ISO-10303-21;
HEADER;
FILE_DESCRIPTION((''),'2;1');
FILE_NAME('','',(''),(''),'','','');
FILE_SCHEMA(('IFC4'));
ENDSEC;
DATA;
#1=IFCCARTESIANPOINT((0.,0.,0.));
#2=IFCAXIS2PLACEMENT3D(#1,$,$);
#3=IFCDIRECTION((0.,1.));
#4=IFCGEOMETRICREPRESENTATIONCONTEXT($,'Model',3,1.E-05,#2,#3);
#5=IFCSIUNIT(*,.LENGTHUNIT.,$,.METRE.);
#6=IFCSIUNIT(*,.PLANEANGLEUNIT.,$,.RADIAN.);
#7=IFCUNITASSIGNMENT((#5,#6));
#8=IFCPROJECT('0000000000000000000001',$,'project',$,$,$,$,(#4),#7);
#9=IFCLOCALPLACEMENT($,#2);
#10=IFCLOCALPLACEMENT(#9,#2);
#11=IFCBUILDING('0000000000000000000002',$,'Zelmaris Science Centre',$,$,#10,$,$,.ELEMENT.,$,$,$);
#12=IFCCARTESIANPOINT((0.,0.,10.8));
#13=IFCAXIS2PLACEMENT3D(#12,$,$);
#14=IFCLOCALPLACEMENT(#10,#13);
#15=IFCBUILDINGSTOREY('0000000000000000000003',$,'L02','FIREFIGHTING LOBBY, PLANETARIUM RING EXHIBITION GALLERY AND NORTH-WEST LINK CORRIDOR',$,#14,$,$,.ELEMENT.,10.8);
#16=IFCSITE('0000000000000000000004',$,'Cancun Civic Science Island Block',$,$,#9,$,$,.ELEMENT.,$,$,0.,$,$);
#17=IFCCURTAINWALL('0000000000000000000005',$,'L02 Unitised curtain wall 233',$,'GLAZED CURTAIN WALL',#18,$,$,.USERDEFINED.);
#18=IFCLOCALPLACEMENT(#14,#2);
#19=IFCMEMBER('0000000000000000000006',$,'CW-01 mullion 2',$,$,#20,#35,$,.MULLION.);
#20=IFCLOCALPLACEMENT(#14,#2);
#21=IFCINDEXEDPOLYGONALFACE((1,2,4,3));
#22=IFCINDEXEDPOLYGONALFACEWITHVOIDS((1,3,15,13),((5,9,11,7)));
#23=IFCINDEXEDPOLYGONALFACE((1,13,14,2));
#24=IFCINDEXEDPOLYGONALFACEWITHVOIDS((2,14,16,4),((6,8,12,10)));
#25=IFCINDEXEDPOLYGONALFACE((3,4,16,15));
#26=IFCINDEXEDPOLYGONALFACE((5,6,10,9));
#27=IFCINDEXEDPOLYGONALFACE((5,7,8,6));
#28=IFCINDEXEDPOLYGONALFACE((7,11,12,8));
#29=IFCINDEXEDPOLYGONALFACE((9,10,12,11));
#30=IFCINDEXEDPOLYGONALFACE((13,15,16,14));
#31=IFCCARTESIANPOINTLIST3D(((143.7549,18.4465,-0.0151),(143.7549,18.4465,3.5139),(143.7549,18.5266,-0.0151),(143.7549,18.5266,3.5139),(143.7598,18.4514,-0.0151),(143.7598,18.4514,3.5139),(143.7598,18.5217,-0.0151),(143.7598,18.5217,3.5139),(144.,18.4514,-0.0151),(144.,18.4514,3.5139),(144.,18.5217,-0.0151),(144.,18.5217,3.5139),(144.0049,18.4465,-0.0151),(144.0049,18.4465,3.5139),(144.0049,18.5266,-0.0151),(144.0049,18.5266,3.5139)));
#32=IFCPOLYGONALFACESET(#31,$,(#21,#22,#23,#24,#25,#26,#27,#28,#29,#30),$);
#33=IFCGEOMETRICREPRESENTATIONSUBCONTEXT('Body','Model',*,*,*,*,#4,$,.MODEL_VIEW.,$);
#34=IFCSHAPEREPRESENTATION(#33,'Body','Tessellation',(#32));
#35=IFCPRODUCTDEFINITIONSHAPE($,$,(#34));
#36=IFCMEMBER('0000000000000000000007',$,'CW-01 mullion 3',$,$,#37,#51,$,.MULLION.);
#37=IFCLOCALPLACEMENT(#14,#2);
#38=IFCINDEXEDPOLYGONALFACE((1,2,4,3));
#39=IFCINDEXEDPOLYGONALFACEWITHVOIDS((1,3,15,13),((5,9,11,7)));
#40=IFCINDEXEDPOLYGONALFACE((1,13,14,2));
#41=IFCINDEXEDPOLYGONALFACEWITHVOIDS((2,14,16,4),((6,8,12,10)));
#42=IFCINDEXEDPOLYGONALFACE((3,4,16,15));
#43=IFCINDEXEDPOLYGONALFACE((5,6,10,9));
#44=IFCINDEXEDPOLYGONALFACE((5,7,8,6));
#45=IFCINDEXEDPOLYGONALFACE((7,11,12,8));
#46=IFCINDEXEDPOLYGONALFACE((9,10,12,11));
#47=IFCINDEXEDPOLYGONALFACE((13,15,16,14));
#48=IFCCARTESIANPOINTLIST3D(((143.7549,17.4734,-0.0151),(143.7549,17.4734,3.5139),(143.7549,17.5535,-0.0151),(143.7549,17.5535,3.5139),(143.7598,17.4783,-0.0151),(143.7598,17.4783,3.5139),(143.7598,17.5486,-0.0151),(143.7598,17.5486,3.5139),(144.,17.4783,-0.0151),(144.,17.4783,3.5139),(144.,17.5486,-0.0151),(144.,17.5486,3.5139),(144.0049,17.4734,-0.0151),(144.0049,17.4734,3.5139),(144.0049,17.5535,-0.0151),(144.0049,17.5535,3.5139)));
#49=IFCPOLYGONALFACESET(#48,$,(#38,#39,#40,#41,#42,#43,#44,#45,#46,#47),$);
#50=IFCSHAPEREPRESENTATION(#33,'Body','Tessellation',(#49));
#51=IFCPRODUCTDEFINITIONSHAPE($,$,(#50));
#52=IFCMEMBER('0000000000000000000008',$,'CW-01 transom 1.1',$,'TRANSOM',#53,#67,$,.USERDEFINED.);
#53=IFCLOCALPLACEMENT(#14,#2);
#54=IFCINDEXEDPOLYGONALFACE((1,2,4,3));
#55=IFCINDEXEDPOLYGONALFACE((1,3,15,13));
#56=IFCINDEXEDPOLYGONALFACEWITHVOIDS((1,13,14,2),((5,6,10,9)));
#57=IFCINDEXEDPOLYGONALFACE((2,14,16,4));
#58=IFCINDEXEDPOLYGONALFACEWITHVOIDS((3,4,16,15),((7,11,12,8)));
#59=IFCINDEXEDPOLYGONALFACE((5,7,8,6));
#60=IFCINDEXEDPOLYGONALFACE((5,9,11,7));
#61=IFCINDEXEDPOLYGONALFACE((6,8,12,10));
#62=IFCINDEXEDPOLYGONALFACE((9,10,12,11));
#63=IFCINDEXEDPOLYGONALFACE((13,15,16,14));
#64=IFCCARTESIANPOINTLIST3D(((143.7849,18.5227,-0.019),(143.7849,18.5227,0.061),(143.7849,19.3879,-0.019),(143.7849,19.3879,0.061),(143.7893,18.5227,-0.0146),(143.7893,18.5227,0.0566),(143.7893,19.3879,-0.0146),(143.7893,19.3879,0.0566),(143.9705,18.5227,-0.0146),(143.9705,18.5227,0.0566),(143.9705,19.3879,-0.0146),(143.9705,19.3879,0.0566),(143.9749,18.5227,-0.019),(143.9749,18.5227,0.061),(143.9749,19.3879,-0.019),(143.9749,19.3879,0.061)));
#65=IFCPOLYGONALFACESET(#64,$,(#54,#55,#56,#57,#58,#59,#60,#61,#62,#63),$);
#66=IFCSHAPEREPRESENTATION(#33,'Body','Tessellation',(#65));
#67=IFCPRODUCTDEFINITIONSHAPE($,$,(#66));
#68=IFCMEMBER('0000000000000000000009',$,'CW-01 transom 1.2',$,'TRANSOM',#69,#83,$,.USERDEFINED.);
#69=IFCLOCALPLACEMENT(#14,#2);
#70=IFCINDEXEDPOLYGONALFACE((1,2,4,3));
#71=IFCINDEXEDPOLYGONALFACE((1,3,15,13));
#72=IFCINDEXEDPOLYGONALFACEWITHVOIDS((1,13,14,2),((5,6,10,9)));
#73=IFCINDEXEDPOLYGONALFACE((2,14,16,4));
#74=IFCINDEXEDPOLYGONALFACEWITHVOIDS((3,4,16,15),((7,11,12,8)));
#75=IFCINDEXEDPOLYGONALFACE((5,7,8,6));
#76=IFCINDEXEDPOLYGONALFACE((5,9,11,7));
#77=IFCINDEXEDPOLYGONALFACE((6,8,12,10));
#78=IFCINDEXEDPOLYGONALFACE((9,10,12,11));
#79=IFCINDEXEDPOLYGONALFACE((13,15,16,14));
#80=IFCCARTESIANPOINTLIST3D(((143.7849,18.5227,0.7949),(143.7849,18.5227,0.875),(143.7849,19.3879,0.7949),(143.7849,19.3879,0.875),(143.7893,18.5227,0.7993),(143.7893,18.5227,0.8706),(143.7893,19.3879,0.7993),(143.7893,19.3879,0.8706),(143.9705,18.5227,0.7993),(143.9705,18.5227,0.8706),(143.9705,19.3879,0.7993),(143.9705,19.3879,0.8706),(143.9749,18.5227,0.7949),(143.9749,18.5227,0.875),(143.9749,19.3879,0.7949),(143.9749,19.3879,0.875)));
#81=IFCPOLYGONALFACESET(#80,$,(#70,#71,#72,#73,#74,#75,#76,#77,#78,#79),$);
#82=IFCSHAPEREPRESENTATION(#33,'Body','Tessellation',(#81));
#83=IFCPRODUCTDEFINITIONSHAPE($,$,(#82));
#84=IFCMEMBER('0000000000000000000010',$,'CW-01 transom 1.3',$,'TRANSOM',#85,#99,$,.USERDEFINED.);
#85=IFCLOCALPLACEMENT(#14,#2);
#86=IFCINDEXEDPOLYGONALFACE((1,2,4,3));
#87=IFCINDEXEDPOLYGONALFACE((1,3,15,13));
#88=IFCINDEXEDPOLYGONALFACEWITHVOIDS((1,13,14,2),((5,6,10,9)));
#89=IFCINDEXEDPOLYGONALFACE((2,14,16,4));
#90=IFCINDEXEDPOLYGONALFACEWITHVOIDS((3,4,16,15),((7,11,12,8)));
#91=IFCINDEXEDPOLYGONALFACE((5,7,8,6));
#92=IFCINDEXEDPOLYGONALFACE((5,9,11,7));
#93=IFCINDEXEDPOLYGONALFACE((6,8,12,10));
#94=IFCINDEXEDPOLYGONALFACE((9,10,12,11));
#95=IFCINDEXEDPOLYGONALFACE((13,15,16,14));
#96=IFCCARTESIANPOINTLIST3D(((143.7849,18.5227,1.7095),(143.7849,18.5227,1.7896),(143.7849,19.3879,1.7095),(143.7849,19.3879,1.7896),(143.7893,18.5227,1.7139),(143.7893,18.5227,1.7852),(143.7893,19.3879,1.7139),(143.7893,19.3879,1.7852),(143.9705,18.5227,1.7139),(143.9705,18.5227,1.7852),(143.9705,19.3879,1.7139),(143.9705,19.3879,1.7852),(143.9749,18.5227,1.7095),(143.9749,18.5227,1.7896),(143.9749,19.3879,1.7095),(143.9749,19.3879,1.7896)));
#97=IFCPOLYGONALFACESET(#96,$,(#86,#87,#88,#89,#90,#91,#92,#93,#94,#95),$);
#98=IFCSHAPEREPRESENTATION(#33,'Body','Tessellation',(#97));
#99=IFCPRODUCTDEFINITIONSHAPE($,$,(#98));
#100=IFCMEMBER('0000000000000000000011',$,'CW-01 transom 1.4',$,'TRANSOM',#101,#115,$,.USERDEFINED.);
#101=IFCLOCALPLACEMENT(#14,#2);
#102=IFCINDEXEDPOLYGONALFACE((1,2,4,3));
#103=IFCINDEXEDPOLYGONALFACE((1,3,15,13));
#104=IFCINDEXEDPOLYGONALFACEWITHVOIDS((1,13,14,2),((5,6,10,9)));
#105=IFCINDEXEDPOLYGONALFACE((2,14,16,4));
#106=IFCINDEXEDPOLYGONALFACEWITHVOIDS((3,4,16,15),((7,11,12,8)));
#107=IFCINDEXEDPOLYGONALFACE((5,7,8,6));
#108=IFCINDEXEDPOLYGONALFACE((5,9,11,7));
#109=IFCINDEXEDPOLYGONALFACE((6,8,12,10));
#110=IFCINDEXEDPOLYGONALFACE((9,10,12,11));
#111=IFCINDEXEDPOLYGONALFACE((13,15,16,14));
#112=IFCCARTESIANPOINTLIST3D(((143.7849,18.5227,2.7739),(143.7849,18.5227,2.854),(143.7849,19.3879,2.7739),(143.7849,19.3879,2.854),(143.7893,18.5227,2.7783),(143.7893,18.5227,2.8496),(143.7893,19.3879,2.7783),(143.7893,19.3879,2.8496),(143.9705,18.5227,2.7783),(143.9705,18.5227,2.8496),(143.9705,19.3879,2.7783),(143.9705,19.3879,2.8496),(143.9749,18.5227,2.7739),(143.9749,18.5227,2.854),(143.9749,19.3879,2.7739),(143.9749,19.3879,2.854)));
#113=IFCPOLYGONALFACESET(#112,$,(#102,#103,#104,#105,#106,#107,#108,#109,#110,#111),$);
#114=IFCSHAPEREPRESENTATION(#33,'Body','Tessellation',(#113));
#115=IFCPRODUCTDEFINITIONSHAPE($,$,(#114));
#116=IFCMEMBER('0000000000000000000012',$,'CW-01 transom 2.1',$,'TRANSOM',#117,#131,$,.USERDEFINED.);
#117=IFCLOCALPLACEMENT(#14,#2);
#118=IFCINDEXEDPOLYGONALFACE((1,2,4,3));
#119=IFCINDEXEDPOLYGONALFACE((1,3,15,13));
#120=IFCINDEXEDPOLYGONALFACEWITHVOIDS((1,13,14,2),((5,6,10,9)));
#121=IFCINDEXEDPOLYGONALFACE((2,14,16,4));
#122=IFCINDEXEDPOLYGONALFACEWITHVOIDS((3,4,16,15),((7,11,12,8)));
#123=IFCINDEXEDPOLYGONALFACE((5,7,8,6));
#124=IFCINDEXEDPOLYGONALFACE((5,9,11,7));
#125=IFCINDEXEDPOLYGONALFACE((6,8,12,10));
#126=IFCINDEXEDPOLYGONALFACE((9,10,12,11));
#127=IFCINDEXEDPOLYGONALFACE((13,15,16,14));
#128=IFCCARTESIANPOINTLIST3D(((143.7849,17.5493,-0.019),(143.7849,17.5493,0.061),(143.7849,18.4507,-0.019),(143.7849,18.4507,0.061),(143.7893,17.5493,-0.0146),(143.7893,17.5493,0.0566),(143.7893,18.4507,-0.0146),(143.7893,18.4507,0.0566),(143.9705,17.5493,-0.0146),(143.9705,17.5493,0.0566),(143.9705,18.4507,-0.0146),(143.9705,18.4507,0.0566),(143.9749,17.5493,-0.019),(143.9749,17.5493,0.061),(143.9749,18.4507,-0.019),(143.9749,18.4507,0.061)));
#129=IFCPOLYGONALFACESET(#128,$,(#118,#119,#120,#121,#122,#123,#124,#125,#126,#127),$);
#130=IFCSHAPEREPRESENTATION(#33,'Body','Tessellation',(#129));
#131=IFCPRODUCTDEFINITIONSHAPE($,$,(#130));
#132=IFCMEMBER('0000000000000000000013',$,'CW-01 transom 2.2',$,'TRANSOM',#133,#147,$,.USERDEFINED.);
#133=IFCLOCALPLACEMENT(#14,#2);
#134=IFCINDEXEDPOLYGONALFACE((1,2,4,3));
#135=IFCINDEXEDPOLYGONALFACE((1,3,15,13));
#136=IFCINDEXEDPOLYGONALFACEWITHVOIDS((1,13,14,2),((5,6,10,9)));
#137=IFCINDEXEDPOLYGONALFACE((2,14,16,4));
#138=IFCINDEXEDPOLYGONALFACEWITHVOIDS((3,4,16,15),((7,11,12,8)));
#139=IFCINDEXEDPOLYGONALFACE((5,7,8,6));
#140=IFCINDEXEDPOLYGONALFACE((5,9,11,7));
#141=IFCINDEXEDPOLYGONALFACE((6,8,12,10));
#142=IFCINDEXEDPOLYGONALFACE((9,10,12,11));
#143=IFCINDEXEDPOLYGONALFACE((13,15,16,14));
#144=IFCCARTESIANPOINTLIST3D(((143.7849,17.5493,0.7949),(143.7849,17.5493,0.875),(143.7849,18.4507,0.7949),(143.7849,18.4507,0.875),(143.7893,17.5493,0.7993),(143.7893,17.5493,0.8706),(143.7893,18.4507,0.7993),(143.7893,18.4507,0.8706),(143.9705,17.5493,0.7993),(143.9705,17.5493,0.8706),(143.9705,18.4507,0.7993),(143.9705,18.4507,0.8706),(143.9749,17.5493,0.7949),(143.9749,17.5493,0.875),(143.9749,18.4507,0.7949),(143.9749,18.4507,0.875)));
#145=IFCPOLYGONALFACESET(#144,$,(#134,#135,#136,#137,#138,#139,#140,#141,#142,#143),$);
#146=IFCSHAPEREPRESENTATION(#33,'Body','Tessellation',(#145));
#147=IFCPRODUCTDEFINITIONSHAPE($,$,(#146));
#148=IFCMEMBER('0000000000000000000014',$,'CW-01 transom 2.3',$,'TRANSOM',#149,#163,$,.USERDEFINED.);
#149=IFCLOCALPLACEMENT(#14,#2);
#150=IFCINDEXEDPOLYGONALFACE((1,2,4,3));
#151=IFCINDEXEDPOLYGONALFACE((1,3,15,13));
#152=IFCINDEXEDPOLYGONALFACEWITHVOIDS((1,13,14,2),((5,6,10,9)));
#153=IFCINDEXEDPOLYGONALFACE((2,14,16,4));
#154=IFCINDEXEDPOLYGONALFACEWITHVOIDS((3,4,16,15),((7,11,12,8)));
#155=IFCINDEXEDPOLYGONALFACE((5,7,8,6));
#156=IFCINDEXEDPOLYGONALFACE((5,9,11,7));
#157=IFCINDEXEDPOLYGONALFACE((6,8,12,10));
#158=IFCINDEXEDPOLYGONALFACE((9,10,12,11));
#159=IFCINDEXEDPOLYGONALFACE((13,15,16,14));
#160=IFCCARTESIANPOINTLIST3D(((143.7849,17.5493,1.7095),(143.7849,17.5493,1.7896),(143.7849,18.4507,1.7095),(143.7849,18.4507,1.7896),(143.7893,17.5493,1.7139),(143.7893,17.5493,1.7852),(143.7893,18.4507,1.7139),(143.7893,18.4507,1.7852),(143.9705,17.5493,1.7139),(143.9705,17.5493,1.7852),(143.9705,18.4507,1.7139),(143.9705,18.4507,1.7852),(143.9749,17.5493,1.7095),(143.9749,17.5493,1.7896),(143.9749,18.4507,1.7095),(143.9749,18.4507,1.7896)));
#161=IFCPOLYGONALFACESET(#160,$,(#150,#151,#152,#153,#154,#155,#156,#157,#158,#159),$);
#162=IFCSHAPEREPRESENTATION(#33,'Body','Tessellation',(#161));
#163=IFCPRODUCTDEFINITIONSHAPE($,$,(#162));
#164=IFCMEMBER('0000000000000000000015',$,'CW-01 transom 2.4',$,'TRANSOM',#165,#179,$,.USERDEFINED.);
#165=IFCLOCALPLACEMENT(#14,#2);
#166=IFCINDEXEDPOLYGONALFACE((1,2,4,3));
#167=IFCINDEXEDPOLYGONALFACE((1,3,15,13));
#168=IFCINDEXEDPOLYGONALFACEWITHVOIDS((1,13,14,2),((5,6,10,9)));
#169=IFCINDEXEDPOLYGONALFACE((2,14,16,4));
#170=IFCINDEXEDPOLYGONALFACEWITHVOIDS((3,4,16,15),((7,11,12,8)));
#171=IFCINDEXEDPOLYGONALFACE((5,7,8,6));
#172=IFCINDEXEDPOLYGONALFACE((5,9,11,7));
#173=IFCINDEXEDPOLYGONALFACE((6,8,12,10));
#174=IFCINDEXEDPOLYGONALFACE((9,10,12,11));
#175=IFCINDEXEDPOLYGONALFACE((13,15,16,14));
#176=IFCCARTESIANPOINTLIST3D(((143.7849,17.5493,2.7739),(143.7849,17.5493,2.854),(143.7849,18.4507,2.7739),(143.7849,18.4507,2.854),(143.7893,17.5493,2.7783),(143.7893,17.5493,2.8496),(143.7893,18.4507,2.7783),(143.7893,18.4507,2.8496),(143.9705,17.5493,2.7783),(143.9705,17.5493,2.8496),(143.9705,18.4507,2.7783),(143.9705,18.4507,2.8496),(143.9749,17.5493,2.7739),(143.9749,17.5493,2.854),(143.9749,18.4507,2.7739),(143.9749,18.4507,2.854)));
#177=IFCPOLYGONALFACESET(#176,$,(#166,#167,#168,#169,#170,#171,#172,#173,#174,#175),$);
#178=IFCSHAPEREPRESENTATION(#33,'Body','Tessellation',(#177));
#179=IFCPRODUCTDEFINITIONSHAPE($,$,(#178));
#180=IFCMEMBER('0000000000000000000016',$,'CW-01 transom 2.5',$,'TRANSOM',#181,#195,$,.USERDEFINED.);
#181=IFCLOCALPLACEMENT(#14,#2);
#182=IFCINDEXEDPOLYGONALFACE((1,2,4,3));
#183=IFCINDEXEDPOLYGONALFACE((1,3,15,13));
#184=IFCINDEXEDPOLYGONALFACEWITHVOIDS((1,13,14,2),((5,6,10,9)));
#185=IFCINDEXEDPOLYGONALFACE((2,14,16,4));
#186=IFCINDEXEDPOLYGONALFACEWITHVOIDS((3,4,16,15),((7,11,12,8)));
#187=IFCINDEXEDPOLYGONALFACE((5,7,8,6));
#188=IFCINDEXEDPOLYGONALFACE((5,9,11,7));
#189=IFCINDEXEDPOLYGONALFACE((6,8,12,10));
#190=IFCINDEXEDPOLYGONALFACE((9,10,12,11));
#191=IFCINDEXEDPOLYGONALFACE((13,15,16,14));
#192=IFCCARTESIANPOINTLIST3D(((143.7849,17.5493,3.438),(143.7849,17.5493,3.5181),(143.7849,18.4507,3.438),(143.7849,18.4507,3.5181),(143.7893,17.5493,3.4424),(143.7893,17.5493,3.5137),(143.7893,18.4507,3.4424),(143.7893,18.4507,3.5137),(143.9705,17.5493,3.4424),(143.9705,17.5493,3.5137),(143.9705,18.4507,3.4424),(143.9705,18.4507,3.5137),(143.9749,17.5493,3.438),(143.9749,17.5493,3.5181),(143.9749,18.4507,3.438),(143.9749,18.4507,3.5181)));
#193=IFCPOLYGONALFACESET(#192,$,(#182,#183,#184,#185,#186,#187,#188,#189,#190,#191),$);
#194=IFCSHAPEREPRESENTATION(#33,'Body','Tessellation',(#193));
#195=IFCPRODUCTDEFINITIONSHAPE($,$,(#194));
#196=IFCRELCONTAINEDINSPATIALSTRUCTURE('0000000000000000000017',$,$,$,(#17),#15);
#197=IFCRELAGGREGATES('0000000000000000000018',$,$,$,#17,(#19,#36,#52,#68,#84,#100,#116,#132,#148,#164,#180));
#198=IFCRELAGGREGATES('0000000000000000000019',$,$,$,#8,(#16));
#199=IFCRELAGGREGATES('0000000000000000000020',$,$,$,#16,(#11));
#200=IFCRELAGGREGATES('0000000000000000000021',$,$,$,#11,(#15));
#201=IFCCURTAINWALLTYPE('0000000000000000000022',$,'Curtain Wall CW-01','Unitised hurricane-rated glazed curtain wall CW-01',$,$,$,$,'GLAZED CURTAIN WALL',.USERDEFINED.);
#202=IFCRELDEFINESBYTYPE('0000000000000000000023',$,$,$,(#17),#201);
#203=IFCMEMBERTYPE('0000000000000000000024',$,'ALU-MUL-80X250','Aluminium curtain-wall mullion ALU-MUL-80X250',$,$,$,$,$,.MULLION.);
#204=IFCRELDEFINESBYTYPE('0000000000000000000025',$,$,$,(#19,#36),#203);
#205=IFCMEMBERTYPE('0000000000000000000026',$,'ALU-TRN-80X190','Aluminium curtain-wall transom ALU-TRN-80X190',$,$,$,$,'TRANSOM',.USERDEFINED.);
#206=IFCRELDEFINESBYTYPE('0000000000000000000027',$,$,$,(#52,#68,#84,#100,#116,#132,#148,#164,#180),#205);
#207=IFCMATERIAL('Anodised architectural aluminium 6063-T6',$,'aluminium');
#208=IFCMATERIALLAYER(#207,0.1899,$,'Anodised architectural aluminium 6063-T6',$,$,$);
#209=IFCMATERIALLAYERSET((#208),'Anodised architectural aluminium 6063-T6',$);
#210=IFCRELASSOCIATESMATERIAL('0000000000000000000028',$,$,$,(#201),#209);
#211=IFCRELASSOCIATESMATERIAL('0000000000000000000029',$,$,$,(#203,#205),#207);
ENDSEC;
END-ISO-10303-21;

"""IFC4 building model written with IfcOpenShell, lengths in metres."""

from ifc_helpers import new_model, si_unit, direction, frame, origin, origin_2d, place, context, subcontext, project, spatial, hollow_rectangle, extrude, material, layer, layer_set, material_profile, profile_set, type_object, element, aggregate, save


model = new_model("IFC4")

# Units and contexts
model_context = context("Model", 3, precision=1e-05, world=origin(), true_north=direction((0.0, 1.0)))
body_context = subcontext(model_context, "Body", "Model", "MODEL_VIEW")
ifc_project = project(units=[si_unit("LENGTHUNIT", "METRE"), si_unit("PLANEANGLEUNIT", "RADIAN")], contexts=[model_context])

# Site, building, storey
site_placement = place(None, origin())
site = spatial("IfcSite", under=ifc_project, at=site_placement, Name="Cancun Civic Science Island Block", CompositionType="ELEMENT", RefElevation=0.0)
building_placement = place(site_placement, origin())
building = spatial("IfcBuilding", under=site, at=building_placement, Name="Zelmaris Science Centre", CompositionType="ELEMENT")
storey_placement = place(building_placement, frame((0.0, 0.0, 10.8)))
storey = spatial("IfcBuildingStorey", under=building, at=storey_placement, Name="L02", Description="FIREFIGHTING LOBBY, PLANETARIUM RING EXHIBITION GALLERY AND NORTH-WEST LINK CORRIDOR", CompositionType="ELEMENT", Elevation=10.8)

# Curtain wall, members
ifc_material_1 = material(Name="Anodised architectural aluminium 6063-T6", Category="aluminium")
ifc_layer_1 = layer(ifc_material_1, 0.1899, Name="Anodised architectural aluminium 6063-T6")
ifc_layer_set_1 = layer_set([ifc_layer_1], Name="Anodised architectural aluminium 6063-T6")
curtain_wall_type = type_object("IfcCurtainWallType", Name="Curtain Wall CW-01", Description="Unitised hurricane-rated glazed curtain wall CW-01", ElementType="GLAZED CURTAIN WALL", PredefinedType="USERDEFINED", material=ifc_layer_set_1)
curtain_wall_placement = place(storey_placement, origin())
curtain_wall = element("IfcCurtainWall", 1, at=curtain_wall_placement, inside=storey, type_object=curtain_wall_type, Name="L02 Unitised curtain wall 233", ObjectType="GLAZED CURTAIN WALL", PredefinedType="USERDEFINED")
ifc_material_profile_1 = material_profile(ifc_material_1, hollow_rectangle(XDim=0.0801, YDim=0.25, WallThickness=0.0049, at=origin_2d()), Name="ALU-MUL-80X250")
ifc_profile_set_1 = profile_set([ifc_material_profile_1], Name="Anodised architectural aluminium 6063-T6")
member_type_1 = type_object("IfcMemberType", Name="ALU-MUL-80X250", Description="Aluminium curtain-wall mullion ALU-MUL-80X250", PredefinedType="MULLION", material=ifc_profile_set_1)
member_1_placement = place(storey_placement, frame((143.8799, 18.4866, -0.0151), z_axis=(0.0, 0.0, 1.0), x_axis=(0.0, -1.0, 0.0)))
member_1 = element("IfcMember", 2, at=member_1_placement, type_object=member_type_1, Name="CW-01 mullion 2", PredefinedType="MULLION", context=body_context, shape_type="SweptSolid", body=[
    extrude(hollow_rectangle(XDim=0.0801, YDim=0.25, WallThickness=0.0049, at=origin_2d()), origin(), (0.0, 0.0, 1.0), 3.5291),
])
member_2_placement = place(storey_placement, frame((143.8799, 17.5134, -0.0151), z_axis=(0.0, 0.0, 1.0), x_axis=(0.0, -1.0, 0.0)))
member_2 = element("IfcMember", 3, at=member_2_placement, type_object=member_type_1, Name="CW-01 mullion 3", PredefinedType="MULLION", context=body_context, shape_type="SweptSolid", body=[
    extrude(hollow_rectangle(XDim=0.0801, YDim=0.25, WallThickness=0.0049, at=origin_2d()), origin(), (0.0, 0.0, 1.0), 3.5291),
])
ifc_material_profile_2 = material_profile(ifc_material_1, hollow_rectangle(XDim=0.0801, YDim=0.1899, WallThickness=0.0044, at=origin_2d()), Name="ALU-TRN-80X190")
ifc_profile_set_2 = profile_set([ifc_material_profile_2], Name="Anodised architectural aluminium 6063-T6")
member_type_2 = type_object("IfcMemberType", Name="ALU-TRN-80X190", Description="Aluminium curtain-wall transom ALU-TRN-80X190", ElementType="TRANSOM", PredefinedType="USERDEFINED", material=ifc_profile_set_2)
member_3_placement = place(storey_placement, frame((143.8799, 19.3879, 0.021), z_axis=(0.0, -1.0, 0.0), x_axis=(0.0, 0.0, 1.0)))
member_3 = element("IfcMember", 4, at=member_3_placement, type_object=member_type_2, Name="CW-01 transom 1.1", ObjectType="TRANSOM", PredefinedType="USERDEFINED", context=body_context, shape_type="SweptSolid", body=[
    extrude(hollow_rectangle(XDim=0.0801, YDim=0.1899, WallThickness=0.0044, at=origin_2d()), origin(), (0.0, 0.0, 1.0), 0.8652),
])
member_4_placement = place(storey_placement, frame((143.8799, 19.3879, 0.835), z_axis=(0.0, -1.0, 0.0), x_axis=(0.0, 0.0, 1.0)))
member_4 = element("IfcMember", 5, at=member_4_placement, type_object=member_type_2, Name="CW-01 transom 1.2", ObjectType="TRANSOM", PredefinedType="USERDEFINED", context=body_context, shape_type="SweptSolid", body=[
    extrude(hollow_rectangle(XDim=0.0801, YDim=0.1899, WallThickness=0.0044, at=origin_2d()), origin(), (0.0, 0.0, 1.0), 0.8652),
])
member_5_placement = place(storey_placement, frame((143.8799, 19.3879, 1.7495), z_axis=(0.0, -1.0, 0.0), x_axis=(0.0, 0.0, 1.0)))
member_5 = element("IfcMember", 6, at=member_5_placement, type_object=member_type_2, Name="CW-01 transom 1.3", ObjectType="TRANSOM", PredefinedType="USERDEFINED", context=body_context, shape_type="SweptSolid", body=[
    extrude(hollow_rectangle(XDim=0.0801, YDim=0.1899, WallThickness=0.0044, at=origin_2d()), origin(), (0.0, 0.0, 1.0), 0.8652),
])
member_6_placement = place(storey_placement, frame((143.8799, 19.3879, 2.814), z_axis=(0.0, -1.0, 0.0), x_axis=(0.0, 0.0, 1.0)))
member_6 = element("IfcMember", 7, at=member_6_placement, type_object=member_type_2, Name="CW-01 transom 1.4", ObjectType="TRANSOM", PredefinedType="USERDEFINED", context=body_context, shape_type="SweptSolid", body=[
    extrude(hollow_rectangle(XDim=0.0801, YDim=0.1899, WallThickness=0.0044, at=origin_2d()), origin(), (0.0, 0.0, 1.0), 0.8652),
])
member_7_placement = place(storey_placement, frame((143.8799, 18.4507, 0.021), z_axis=(0.0, -1.0, 0.0), x_axis=(0.0, 0.0, 1.0)))
member_7 = element("IfcMember", 8, at=member_7_placement, type_object=member_type_2, Name="CW-01 transom 2.1", ObjectType="TRANSOM", PredefinedType="USERDEFINED", context=body_context, shape_type="SweptSolid", body=[
    extrude(hollow_rectangle(XDim=0.0801, YDim=0.1899, WallThickness=0.0044, at=origin_2d()), origin(), (0.0, 0.0, 1.0), 0.9014),
])
member_8_placement = place(storey_placement, frame((143.8799, 18.4507, 0.835), z_axis=(0.0, -1.0, 0.0), x_axis=(0.0, 0.0, 1.0)))
member_8 = element("IfcMember", 9, at=member_8_placement, type_object=member_type_2, Name="CW-01 transom 2.2", ObjectType="TRANSOM", PredefinedType="USERDEFINED", context=body_context, shape_type="SweptSolid", body=[
    extrude(hollow_rectangle(XDim=0.0801, YDim=0.1899, WallThickness=0.0044, at=origin_2d()), origin(), (0.0, 0.0, 1.0), 0.9014),
])
member_9_placement = place(storey_placement, frame((143.8799, 18.4507, 1.7495), z_axis=(0.0, -1.0, 0.0), x_axis=(0.0, 0.0, 1.0)))
member_9 = element("IfcMember", 10, at=member_9_placement, type_object=member_type_2, Name="CW-01 transom 2.3", ObjectType="TRANSOM", PredefinedType="USERDEFINED", context=body_context, shape_type="SweptSolid", body=[
    extrude(hollow_rectangle(XDim=0.0801, YDim=0.1899, WallThickness=0.0044, at=origin_2d()), origin(), (0.0, 0.0, 1.0), 0.9014),
])
member_10_placement = place(storey_placement, frame((143.8799, 18.4507, 2.814), z_axis=(0.0, -1.0, 0.0), x_axis=(0.0, 0.0, 1.0)))
member_10 = element("IfcMember", 11, at=member_10_placement, type_object=member_type_2, Name="CW-01 transom 2.4", ObjectType="TRANSOM", PredefinedType="USERDEFINED", context=body_context, shape_type="SweptSolid", body=[
    extrude(hollow_rectangle(XDim=0.0801, YDim=0.1899, WallThickness=0.0044, at=origin_2d()), origin(), (0.0, 0.0, 1.0), 0.9014),
])
member_11_placement = place(storey_placement, frame((143.8799, 18.4507, 3.478), z_axis=(0.0, -1.0, 0.0), x_axis=(0.0, 0.0, 1.0)))
member_11 = element("IfcMember", 12, at=member_11_placement, type_object=member_type_2, Name="CW-01 transom 2.5", ObjectType="TRANSOM", PredefinedType="USERDEFINED", context=body_context, shape_type="SweptSolid", body=[
    extrude(hollow_rectangle(XDim=0.0801, YDim=0.1899, WallThickness=0.0044, at=origin_2d()), origin(), (0.0, 0.0, 1.0), 0.9014),
])

aggregate(curtain_wall, [member_1, member_2, member_3, member_4, member_5, member_6, member_7, member_8, member_9, member_10, member_11])

save(model, "model.ifc")
